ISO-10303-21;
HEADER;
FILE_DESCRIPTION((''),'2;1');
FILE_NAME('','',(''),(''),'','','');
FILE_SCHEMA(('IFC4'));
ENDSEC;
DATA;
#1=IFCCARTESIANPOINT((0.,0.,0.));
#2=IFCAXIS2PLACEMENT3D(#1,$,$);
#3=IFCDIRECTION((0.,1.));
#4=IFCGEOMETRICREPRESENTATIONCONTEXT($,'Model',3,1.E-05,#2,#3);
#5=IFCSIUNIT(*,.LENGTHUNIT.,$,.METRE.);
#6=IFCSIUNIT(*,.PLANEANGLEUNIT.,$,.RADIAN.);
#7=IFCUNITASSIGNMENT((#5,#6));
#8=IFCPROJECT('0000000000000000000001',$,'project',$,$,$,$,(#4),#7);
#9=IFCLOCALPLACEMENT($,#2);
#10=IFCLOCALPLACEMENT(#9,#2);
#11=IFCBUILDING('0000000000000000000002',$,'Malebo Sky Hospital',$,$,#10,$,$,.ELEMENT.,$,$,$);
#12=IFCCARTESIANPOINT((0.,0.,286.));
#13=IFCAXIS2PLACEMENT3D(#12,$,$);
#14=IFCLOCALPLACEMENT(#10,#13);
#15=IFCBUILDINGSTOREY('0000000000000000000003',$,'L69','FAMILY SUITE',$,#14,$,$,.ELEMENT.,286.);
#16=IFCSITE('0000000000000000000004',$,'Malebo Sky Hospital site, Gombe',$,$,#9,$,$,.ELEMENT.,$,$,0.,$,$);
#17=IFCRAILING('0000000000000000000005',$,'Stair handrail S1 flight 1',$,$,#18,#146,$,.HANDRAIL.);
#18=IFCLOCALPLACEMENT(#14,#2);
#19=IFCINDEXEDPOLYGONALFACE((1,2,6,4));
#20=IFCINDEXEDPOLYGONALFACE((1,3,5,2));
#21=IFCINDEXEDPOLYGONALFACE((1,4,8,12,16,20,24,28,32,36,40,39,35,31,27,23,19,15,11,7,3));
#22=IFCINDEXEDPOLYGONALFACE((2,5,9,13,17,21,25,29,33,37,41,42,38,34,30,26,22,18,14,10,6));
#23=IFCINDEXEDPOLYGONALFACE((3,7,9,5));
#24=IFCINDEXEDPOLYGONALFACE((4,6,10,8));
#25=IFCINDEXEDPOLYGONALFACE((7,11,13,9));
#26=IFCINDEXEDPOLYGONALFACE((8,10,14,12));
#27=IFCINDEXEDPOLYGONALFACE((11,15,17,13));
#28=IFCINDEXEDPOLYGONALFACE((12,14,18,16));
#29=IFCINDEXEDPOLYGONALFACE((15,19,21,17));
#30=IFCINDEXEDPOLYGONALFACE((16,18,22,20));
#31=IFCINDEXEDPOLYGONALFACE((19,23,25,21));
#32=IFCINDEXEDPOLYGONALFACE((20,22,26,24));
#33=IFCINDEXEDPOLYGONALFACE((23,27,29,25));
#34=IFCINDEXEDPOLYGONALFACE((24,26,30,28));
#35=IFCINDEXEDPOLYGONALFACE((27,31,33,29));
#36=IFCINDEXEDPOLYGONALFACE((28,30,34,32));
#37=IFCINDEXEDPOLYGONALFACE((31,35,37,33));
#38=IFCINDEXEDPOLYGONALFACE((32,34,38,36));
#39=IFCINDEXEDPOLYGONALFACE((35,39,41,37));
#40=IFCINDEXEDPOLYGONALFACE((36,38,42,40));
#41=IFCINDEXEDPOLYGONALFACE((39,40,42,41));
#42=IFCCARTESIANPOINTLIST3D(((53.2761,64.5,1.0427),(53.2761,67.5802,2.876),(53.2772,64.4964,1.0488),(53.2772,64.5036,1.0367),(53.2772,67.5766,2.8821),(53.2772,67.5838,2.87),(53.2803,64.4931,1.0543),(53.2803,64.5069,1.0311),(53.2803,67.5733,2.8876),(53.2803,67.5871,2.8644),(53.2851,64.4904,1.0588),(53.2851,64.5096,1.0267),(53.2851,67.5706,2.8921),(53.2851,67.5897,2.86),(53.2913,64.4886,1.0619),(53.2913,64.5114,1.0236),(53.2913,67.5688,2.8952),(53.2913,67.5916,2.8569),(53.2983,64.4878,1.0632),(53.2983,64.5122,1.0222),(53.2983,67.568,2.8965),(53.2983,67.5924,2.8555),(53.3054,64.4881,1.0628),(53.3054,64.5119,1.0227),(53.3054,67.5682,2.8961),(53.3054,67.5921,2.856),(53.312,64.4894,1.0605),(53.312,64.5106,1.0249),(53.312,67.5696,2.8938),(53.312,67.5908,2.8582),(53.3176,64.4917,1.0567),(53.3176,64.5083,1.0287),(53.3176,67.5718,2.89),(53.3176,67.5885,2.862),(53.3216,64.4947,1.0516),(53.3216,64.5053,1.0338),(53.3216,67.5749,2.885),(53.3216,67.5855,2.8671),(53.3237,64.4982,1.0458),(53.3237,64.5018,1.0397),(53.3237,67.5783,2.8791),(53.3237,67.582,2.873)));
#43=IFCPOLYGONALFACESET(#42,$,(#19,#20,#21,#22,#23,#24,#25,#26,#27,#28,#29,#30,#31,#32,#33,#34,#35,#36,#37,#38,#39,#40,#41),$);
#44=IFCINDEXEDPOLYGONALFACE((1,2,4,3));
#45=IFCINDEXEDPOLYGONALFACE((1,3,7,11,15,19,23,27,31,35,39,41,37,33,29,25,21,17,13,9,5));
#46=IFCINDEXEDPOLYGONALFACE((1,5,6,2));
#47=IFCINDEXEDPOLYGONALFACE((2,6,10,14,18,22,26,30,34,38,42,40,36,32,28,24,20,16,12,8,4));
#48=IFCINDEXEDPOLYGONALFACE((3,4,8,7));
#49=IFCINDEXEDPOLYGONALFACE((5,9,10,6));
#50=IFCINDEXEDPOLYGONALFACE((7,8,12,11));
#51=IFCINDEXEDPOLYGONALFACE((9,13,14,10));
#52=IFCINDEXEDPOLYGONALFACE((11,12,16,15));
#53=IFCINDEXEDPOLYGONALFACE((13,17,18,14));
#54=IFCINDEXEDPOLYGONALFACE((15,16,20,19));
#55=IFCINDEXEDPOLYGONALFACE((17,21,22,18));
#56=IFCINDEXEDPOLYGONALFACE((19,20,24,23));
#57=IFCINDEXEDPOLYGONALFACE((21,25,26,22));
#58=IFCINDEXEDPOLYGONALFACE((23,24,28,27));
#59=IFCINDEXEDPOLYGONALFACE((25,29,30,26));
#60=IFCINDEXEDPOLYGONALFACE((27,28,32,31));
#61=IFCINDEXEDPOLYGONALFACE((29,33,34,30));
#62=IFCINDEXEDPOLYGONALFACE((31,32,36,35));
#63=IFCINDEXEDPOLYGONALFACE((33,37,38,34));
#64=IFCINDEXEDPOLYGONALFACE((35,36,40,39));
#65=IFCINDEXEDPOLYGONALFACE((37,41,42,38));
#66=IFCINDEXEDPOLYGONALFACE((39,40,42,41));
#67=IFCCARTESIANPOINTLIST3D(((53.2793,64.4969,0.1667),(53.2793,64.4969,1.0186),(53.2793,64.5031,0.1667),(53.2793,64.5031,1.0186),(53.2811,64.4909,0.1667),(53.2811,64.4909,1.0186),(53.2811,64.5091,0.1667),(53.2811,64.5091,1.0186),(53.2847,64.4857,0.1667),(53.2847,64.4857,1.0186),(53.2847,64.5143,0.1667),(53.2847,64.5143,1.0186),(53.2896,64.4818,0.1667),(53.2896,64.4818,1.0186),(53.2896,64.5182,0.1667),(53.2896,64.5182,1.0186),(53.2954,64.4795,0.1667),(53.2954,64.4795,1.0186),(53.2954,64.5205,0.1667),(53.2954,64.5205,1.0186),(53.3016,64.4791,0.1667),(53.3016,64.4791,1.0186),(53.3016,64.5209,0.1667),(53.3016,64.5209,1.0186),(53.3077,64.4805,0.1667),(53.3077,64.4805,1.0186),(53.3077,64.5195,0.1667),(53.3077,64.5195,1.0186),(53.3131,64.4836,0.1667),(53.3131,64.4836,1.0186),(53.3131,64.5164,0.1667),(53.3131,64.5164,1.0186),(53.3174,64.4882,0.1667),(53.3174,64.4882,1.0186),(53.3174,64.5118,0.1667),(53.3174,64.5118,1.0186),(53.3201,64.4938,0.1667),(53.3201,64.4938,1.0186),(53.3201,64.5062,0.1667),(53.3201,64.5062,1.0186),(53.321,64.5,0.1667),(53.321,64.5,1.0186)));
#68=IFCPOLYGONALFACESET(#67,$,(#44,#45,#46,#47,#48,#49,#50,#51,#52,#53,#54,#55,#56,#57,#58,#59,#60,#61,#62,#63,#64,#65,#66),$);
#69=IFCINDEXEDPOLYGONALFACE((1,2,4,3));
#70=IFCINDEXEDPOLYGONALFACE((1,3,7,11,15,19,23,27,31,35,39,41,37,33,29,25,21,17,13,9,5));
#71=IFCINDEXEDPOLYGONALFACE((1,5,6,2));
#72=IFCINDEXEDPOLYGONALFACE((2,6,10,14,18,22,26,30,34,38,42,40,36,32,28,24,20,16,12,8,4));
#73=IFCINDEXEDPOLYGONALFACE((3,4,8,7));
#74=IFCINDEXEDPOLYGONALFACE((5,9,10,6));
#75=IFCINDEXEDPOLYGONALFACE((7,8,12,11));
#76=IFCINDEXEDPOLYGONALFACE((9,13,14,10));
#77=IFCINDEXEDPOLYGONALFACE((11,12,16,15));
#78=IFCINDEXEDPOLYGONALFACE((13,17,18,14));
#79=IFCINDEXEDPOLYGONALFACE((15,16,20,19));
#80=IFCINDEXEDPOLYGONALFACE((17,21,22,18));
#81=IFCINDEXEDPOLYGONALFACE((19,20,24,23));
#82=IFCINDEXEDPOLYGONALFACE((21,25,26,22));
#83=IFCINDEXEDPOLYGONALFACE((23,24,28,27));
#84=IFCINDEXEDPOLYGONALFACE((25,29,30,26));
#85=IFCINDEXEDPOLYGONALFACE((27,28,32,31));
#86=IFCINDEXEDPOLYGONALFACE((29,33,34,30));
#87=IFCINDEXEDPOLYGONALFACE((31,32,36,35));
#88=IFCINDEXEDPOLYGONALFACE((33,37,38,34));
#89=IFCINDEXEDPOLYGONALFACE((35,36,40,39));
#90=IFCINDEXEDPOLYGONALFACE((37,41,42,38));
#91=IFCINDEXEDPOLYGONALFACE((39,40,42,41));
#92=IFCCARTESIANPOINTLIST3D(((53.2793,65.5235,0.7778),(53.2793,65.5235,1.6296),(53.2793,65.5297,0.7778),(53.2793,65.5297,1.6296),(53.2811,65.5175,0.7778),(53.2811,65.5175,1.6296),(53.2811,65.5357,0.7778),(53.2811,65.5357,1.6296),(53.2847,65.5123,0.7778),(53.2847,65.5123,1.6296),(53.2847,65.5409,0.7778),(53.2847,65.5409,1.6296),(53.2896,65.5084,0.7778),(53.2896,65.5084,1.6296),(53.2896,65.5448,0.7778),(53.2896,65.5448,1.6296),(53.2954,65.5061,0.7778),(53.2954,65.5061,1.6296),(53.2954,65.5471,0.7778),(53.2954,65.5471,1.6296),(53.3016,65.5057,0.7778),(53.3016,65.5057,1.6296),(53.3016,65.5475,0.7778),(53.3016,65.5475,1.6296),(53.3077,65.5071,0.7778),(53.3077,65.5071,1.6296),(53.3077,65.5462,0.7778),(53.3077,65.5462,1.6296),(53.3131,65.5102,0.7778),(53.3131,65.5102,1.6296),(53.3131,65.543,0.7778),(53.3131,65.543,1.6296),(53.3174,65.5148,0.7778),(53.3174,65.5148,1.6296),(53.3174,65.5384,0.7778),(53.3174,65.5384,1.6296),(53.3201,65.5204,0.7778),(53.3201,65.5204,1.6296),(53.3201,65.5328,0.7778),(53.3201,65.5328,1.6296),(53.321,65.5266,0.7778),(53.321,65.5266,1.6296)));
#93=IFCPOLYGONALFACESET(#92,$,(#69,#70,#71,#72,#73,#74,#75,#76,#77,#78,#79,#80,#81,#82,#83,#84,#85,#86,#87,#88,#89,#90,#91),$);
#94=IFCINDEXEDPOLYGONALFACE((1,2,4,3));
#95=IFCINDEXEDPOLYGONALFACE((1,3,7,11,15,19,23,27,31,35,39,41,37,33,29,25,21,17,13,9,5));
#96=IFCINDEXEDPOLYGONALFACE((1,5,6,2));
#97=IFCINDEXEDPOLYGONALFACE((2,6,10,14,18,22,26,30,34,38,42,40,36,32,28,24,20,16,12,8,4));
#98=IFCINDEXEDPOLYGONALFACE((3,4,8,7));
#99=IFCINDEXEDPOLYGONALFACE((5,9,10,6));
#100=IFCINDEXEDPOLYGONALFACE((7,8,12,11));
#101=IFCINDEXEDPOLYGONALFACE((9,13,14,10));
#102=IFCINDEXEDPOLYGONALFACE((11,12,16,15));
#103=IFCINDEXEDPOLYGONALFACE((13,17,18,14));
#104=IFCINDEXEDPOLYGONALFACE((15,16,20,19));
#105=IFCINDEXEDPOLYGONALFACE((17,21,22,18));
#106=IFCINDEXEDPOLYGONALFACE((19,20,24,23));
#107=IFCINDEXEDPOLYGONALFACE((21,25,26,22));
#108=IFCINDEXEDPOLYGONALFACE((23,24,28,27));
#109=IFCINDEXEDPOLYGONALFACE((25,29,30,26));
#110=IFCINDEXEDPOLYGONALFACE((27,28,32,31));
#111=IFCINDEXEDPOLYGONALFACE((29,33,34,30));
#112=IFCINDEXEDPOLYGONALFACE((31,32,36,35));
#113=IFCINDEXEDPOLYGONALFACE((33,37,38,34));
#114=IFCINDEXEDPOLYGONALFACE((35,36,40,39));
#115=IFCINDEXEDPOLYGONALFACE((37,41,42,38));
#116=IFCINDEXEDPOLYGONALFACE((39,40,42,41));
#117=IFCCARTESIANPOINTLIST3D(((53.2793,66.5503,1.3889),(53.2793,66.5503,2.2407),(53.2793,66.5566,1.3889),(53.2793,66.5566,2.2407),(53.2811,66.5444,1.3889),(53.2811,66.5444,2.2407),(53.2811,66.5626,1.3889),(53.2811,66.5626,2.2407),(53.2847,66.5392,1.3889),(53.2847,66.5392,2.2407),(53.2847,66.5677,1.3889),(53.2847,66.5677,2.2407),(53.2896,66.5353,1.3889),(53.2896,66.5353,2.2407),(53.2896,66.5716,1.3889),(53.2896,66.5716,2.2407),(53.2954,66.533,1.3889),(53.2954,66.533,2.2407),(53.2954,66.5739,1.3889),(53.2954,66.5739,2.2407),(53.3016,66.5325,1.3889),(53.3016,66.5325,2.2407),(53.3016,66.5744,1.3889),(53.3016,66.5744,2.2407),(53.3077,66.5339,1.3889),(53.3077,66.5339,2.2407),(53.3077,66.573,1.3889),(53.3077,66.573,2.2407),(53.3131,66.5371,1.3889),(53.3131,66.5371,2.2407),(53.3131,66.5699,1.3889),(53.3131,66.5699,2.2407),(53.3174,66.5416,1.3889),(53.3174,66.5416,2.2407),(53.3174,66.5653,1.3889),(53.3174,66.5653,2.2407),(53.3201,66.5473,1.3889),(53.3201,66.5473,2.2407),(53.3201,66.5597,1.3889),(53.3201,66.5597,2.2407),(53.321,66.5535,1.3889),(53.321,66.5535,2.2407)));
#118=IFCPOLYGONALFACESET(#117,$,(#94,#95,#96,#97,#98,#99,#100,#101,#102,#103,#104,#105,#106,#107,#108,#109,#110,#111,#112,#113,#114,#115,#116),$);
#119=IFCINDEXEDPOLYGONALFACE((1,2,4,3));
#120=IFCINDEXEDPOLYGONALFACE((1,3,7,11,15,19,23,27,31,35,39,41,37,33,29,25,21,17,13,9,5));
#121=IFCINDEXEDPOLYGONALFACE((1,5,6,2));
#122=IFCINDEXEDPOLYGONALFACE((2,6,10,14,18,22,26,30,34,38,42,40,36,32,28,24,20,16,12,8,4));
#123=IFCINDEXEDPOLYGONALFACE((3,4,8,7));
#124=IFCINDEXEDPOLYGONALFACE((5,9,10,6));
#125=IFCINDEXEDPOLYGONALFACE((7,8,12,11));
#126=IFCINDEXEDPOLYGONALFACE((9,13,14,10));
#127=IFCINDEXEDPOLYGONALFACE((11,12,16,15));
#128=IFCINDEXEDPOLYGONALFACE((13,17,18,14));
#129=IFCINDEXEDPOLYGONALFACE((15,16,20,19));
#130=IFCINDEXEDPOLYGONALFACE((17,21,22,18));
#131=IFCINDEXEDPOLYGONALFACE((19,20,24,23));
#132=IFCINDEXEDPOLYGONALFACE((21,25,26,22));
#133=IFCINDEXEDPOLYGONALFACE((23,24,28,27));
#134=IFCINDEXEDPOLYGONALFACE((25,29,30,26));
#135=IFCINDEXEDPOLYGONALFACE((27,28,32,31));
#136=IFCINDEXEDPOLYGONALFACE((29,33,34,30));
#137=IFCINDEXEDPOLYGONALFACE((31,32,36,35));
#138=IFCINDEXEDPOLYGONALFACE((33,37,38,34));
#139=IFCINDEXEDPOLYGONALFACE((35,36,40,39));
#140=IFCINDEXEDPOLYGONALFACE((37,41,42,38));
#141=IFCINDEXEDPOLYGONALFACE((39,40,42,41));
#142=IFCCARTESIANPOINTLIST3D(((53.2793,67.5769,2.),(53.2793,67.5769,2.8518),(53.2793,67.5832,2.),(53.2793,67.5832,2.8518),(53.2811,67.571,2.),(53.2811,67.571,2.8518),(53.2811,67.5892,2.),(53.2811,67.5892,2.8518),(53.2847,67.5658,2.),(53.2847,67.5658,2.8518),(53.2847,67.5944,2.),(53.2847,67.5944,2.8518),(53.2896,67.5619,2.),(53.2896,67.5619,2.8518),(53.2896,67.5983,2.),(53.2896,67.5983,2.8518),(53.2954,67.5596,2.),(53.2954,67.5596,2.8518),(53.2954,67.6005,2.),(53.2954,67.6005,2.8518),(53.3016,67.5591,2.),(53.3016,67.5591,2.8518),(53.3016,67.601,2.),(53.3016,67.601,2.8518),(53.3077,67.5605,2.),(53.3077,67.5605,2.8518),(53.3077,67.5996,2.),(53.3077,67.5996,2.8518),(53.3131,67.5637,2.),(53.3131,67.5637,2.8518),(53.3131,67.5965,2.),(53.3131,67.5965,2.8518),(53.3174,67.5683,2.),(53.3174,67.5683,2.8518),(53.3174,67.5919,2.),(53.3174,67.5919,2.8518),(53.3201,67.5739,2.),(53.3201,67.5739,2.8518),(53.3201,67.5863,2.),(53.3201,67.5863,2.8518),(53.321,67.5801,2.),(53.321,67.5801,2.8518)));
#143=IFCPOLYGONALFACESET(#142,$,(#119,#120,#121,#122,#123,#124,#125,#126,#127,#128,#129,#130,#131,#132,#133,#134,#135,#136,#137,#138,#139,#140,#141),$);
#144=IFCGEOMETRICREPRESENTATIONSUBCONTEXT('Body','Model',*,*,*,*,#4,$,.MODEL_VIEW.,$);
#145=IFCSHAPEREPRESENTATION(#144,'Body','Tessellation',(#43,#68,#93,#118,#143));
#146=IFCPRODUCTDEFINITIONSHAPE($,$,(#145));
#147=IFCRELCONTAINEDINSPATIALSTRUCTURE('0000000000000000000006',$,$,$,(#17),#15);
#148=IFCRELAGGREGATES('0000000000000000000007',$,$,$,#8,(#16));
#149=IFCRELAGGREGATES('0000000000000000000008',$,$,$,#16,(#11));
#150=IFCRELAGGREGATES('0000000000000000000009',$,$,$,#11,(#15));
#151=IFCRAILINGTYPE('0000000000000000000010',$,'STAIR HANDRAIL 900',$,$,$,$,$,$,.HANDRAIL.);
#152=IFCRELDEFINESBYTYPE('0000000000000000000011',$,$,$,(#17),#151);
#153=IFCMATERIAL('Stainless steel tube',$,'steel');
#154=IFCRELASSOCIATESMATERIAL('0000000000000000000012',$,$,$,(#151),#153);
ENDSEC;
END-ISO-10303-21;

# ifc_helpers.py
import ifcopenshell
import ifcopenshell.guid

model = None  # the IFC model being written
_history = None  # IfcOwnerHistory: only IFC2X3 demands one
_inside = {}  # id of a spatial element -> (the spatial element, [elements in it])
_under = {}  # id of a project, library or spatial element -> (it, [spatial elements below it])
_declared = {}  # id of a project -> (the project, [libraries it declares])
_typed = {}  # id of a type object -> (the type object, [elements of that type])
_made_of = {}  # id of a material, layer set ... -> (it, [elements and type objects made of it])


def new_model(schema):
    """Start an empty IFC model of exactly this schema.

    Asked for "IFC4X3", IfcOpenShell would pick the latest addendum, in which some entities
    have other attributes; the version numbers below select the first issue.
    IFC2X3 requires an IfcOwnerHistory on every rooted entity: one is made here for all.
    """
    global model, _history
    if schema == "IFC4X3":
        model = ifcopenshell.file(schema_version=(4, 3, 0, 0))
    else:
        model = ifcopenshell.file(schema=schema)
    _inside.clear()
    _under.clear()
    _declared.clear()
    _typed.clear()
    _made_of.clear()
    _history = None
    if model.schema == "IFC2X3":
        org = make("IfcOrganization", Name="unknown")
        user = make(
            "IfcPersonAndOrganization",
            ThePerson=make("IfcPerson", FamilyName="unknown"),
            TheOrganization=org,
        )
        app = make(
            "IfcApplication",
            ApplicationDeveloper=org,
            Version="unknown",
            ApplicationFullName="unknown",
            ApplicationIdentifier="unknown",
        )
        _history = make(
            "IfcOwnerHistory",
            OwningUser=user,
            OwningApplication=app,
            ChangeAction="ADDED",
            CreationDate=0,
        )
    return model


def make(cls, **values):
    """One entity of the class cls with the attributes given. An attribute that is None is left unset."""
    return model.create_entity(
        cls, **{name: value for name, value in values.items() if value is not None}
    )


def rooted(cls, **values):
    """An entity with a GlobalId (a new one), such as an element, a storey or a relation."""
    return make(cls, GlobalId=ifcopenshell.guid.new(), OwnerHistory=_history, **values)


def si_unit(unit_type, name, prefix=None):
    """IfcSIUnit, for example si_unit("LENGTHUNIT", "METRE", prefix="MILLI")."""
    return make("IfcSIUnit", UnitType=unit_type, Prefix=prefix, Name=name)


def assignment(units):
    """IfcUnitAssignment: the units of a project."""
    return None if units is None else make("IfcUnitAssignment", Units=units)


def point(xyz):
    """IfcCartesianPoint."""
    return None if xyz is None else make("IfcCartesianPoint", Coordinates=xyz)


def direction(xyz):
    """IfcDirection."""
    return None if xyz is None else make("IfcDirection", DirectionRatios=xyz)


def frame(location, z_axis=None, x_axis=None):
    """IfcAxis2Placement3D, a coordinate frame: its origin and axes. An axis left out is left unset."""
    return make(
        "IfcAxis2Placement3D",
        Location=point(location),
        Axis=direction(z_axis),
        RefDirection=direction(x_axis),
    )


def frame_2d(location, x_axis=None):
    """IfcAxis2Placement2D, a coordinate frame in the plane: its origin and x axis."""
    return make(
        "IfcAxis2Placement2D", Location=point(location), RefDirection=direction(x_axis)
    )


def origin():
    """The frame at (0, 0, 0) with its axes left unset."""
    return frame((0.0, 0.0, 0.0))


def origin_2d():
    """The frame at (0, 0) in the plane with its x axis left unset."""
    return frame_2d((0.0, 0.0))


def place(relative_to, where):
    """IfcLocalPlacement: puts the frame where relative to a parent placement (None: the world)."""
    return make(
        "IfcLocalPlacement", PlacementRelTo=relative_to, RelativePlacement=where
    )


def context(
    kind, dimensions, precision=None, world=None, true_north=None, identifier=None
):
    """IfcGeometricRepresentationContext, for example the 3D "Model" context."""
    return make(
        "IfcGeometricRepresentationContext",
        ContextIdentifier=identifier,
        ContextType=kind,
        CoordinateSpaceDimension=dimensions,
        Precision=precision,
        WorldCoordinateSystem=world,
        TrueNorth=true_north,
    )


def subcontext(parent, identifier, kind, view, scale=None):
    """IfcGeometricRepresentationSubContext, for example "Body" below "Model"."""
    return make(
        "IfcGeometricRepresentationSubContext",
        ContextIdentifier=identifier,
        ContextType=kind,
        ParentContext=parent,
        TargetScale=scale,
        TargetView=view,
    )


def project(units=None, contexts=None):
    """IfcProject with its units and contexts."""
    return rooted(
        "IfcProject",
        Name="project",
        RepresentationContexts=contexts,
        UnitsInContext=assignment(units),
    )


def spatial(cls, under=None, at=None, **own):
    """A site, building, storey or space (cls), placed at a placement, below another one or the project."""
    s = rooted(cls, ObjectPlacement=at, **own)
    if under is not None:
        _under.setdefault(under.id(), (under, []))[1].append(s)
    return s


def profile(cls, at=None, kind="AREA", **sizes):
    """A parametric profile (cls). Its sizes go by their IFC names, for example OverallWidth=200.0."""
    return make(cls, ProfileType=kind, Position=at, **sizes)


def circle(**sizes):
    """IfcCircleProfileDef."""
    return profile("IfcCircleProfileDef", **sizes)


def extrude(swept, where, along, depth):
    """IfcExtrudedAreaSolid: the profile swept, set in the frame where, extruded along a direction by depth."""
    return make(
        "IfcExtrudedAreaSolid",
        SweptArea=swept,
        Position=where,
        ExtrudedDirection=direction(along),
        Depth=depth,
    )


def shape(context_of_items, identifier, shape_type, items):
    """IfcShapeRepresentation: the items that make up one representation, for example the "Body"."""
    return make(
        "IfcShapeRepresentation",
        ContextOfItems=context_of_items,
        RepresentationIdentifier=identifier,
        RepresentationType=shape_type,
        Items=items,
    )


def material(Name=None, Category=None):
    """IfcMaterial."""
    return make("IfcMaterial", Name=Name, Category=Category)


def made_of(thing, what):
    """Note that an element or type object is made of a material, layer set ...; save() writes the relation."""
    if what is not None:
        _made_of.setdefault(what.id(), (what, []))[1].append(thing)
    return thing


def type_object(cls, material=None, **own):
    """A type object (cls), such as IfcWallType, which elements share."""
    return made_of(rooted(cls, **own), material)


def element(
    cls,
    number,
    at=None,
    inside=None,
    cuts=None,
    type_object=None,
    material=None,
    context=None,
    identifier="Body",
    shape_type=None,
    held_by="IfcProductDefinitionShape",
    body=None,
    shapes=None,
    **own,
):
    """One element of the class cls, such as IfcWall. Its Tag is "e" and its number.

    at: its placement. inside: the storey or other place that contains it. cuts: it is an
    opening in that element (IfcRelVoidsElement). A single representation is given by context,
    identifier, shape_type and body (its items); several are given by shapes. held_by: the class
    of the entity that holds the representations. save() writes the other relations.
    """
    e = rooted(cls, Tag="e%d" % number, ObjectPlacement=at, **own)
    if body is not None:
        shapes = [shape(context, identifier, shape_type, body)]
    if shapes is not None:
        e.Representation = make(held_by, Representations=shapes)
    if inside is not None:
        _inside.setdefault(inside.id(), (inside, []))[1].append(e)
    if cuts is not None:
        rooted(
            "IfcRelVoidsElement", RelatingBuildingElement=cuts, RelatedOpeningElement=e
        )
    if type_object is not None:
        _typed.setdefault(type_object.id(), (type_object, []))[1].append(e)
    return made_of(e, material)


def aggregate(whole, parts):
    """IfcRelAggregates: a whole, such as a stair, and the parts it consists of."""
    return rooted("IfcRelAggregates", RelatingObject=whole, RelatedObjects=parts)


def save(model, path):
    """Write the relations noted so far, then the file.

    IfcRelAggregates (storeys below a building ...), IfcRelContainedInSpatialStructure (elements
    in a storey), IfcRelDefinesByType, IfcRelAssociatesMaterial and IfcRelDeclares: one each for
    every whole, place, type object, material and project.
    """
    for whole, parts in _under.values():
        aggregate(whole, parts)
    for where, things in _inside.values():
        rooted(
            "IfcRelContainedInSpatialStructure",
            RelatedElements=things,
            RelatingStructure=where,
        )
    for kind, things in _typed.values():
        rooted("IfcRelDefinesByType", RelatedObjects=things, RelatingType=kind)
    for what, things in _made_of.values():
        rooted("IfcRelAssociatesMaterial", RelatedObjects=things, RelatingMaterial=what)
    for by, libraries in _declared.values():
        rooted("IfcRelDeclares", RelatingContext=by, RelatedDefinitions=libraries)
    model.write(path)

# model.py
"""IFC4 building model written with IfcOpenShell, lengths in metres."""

from ifc_helpers import new_model, si_unit, direction, frame, origin, origin_2d, place, context, subcontext, project, spatial, circle, extrude, material, type_object, element, save


model = new_model("IFC4")

# Units and contexts
model_context = context("Model", 3, precision=1e-05, world=origin(), true_north=direction((0.0, 1.0)))
body_context = subcontext(model_context, "Body", "Model", "MODEL_VIEW")
ifc_project = project(units=[si_unit("LENGTHUNIT", "METRE"), si_unit("PLANEANGLEUNIT", "RADIAN")], contexts=[model_context])

# Site, building, storey
site_placement = place(None, origin())
site = spatial("IfcSite", under=ifc_project, at=site_placement, Name="Malebo Sky Hospital site, Gombe", CompositionType="ELEMENT", RefElevation=0.0)
building_placement = place(site_placement, origin())
building = spatial("IfcBuilding", under=site, at=building_placement, Name="Malebo Sky Hospital", CompositionType="ELEMENT")
storey_placement = place(building_placement, frame((0.0, 0.0, 286.0)))
storey = spatial("IfcBuildingStorey", under=building, at=storey_placement, Name="L69", Description="FAMILY SUITE", CompositionType="ELEMENT", Elevation=286.0)

# Railing
ifc_material_1 = material(Name="Stainless steel tube", Category="steel")
railing_type_1 = type_object("IfcRailingType", Name="STAIR HANDRAIL 900", PredefinedType="HANDRAIL", material=ifc_material_1)
railing_1_placement = place(storey_placement, frame((53.3, 64.5, 0.1667)))
element("IfcRailing", 1, at=railing_1_placement, inside=storey, type_object=railing_type_1, Name="Stair handrail S1 flight 1", PredefinedType="HANDRAIL", context=body_context, shape_type="SweptSolid", body=[
    extrude(circle(Radius=0.0239, at=origin_2d()), frame((0.0, 0.0, 0.876), z_axis=(0.0, 0.859309, 0.511458), x_axis=(-1.0, 0.0, 0.0)), (0.0, 0.0, 1.0), 3.5845),
    extrude(circle(Radius=0.021, at=origin_2d()), origin(), (0.0, 0.0, 1.0), 0.8518),
    extrude(circle(Radius=0.021, at=origin_2d()), frame((0.0, 1.0266, 0.6111)), (0.0, 0.0, 1.0), 0.8518),
    extrude(circle(Radius=0.021, at=origin_2d()), frame((0.0, 2.0535, 1.2222)), (0.0, 0.0, 1.0), 0.8518),
    extrude(circle(Radius=0.021, at=origin_2d()), frame((0.0, 3.0801, 1.8333)), (0.0, 0.0, 1.0), 0.8518),
])

save(model, "model.ifc")
